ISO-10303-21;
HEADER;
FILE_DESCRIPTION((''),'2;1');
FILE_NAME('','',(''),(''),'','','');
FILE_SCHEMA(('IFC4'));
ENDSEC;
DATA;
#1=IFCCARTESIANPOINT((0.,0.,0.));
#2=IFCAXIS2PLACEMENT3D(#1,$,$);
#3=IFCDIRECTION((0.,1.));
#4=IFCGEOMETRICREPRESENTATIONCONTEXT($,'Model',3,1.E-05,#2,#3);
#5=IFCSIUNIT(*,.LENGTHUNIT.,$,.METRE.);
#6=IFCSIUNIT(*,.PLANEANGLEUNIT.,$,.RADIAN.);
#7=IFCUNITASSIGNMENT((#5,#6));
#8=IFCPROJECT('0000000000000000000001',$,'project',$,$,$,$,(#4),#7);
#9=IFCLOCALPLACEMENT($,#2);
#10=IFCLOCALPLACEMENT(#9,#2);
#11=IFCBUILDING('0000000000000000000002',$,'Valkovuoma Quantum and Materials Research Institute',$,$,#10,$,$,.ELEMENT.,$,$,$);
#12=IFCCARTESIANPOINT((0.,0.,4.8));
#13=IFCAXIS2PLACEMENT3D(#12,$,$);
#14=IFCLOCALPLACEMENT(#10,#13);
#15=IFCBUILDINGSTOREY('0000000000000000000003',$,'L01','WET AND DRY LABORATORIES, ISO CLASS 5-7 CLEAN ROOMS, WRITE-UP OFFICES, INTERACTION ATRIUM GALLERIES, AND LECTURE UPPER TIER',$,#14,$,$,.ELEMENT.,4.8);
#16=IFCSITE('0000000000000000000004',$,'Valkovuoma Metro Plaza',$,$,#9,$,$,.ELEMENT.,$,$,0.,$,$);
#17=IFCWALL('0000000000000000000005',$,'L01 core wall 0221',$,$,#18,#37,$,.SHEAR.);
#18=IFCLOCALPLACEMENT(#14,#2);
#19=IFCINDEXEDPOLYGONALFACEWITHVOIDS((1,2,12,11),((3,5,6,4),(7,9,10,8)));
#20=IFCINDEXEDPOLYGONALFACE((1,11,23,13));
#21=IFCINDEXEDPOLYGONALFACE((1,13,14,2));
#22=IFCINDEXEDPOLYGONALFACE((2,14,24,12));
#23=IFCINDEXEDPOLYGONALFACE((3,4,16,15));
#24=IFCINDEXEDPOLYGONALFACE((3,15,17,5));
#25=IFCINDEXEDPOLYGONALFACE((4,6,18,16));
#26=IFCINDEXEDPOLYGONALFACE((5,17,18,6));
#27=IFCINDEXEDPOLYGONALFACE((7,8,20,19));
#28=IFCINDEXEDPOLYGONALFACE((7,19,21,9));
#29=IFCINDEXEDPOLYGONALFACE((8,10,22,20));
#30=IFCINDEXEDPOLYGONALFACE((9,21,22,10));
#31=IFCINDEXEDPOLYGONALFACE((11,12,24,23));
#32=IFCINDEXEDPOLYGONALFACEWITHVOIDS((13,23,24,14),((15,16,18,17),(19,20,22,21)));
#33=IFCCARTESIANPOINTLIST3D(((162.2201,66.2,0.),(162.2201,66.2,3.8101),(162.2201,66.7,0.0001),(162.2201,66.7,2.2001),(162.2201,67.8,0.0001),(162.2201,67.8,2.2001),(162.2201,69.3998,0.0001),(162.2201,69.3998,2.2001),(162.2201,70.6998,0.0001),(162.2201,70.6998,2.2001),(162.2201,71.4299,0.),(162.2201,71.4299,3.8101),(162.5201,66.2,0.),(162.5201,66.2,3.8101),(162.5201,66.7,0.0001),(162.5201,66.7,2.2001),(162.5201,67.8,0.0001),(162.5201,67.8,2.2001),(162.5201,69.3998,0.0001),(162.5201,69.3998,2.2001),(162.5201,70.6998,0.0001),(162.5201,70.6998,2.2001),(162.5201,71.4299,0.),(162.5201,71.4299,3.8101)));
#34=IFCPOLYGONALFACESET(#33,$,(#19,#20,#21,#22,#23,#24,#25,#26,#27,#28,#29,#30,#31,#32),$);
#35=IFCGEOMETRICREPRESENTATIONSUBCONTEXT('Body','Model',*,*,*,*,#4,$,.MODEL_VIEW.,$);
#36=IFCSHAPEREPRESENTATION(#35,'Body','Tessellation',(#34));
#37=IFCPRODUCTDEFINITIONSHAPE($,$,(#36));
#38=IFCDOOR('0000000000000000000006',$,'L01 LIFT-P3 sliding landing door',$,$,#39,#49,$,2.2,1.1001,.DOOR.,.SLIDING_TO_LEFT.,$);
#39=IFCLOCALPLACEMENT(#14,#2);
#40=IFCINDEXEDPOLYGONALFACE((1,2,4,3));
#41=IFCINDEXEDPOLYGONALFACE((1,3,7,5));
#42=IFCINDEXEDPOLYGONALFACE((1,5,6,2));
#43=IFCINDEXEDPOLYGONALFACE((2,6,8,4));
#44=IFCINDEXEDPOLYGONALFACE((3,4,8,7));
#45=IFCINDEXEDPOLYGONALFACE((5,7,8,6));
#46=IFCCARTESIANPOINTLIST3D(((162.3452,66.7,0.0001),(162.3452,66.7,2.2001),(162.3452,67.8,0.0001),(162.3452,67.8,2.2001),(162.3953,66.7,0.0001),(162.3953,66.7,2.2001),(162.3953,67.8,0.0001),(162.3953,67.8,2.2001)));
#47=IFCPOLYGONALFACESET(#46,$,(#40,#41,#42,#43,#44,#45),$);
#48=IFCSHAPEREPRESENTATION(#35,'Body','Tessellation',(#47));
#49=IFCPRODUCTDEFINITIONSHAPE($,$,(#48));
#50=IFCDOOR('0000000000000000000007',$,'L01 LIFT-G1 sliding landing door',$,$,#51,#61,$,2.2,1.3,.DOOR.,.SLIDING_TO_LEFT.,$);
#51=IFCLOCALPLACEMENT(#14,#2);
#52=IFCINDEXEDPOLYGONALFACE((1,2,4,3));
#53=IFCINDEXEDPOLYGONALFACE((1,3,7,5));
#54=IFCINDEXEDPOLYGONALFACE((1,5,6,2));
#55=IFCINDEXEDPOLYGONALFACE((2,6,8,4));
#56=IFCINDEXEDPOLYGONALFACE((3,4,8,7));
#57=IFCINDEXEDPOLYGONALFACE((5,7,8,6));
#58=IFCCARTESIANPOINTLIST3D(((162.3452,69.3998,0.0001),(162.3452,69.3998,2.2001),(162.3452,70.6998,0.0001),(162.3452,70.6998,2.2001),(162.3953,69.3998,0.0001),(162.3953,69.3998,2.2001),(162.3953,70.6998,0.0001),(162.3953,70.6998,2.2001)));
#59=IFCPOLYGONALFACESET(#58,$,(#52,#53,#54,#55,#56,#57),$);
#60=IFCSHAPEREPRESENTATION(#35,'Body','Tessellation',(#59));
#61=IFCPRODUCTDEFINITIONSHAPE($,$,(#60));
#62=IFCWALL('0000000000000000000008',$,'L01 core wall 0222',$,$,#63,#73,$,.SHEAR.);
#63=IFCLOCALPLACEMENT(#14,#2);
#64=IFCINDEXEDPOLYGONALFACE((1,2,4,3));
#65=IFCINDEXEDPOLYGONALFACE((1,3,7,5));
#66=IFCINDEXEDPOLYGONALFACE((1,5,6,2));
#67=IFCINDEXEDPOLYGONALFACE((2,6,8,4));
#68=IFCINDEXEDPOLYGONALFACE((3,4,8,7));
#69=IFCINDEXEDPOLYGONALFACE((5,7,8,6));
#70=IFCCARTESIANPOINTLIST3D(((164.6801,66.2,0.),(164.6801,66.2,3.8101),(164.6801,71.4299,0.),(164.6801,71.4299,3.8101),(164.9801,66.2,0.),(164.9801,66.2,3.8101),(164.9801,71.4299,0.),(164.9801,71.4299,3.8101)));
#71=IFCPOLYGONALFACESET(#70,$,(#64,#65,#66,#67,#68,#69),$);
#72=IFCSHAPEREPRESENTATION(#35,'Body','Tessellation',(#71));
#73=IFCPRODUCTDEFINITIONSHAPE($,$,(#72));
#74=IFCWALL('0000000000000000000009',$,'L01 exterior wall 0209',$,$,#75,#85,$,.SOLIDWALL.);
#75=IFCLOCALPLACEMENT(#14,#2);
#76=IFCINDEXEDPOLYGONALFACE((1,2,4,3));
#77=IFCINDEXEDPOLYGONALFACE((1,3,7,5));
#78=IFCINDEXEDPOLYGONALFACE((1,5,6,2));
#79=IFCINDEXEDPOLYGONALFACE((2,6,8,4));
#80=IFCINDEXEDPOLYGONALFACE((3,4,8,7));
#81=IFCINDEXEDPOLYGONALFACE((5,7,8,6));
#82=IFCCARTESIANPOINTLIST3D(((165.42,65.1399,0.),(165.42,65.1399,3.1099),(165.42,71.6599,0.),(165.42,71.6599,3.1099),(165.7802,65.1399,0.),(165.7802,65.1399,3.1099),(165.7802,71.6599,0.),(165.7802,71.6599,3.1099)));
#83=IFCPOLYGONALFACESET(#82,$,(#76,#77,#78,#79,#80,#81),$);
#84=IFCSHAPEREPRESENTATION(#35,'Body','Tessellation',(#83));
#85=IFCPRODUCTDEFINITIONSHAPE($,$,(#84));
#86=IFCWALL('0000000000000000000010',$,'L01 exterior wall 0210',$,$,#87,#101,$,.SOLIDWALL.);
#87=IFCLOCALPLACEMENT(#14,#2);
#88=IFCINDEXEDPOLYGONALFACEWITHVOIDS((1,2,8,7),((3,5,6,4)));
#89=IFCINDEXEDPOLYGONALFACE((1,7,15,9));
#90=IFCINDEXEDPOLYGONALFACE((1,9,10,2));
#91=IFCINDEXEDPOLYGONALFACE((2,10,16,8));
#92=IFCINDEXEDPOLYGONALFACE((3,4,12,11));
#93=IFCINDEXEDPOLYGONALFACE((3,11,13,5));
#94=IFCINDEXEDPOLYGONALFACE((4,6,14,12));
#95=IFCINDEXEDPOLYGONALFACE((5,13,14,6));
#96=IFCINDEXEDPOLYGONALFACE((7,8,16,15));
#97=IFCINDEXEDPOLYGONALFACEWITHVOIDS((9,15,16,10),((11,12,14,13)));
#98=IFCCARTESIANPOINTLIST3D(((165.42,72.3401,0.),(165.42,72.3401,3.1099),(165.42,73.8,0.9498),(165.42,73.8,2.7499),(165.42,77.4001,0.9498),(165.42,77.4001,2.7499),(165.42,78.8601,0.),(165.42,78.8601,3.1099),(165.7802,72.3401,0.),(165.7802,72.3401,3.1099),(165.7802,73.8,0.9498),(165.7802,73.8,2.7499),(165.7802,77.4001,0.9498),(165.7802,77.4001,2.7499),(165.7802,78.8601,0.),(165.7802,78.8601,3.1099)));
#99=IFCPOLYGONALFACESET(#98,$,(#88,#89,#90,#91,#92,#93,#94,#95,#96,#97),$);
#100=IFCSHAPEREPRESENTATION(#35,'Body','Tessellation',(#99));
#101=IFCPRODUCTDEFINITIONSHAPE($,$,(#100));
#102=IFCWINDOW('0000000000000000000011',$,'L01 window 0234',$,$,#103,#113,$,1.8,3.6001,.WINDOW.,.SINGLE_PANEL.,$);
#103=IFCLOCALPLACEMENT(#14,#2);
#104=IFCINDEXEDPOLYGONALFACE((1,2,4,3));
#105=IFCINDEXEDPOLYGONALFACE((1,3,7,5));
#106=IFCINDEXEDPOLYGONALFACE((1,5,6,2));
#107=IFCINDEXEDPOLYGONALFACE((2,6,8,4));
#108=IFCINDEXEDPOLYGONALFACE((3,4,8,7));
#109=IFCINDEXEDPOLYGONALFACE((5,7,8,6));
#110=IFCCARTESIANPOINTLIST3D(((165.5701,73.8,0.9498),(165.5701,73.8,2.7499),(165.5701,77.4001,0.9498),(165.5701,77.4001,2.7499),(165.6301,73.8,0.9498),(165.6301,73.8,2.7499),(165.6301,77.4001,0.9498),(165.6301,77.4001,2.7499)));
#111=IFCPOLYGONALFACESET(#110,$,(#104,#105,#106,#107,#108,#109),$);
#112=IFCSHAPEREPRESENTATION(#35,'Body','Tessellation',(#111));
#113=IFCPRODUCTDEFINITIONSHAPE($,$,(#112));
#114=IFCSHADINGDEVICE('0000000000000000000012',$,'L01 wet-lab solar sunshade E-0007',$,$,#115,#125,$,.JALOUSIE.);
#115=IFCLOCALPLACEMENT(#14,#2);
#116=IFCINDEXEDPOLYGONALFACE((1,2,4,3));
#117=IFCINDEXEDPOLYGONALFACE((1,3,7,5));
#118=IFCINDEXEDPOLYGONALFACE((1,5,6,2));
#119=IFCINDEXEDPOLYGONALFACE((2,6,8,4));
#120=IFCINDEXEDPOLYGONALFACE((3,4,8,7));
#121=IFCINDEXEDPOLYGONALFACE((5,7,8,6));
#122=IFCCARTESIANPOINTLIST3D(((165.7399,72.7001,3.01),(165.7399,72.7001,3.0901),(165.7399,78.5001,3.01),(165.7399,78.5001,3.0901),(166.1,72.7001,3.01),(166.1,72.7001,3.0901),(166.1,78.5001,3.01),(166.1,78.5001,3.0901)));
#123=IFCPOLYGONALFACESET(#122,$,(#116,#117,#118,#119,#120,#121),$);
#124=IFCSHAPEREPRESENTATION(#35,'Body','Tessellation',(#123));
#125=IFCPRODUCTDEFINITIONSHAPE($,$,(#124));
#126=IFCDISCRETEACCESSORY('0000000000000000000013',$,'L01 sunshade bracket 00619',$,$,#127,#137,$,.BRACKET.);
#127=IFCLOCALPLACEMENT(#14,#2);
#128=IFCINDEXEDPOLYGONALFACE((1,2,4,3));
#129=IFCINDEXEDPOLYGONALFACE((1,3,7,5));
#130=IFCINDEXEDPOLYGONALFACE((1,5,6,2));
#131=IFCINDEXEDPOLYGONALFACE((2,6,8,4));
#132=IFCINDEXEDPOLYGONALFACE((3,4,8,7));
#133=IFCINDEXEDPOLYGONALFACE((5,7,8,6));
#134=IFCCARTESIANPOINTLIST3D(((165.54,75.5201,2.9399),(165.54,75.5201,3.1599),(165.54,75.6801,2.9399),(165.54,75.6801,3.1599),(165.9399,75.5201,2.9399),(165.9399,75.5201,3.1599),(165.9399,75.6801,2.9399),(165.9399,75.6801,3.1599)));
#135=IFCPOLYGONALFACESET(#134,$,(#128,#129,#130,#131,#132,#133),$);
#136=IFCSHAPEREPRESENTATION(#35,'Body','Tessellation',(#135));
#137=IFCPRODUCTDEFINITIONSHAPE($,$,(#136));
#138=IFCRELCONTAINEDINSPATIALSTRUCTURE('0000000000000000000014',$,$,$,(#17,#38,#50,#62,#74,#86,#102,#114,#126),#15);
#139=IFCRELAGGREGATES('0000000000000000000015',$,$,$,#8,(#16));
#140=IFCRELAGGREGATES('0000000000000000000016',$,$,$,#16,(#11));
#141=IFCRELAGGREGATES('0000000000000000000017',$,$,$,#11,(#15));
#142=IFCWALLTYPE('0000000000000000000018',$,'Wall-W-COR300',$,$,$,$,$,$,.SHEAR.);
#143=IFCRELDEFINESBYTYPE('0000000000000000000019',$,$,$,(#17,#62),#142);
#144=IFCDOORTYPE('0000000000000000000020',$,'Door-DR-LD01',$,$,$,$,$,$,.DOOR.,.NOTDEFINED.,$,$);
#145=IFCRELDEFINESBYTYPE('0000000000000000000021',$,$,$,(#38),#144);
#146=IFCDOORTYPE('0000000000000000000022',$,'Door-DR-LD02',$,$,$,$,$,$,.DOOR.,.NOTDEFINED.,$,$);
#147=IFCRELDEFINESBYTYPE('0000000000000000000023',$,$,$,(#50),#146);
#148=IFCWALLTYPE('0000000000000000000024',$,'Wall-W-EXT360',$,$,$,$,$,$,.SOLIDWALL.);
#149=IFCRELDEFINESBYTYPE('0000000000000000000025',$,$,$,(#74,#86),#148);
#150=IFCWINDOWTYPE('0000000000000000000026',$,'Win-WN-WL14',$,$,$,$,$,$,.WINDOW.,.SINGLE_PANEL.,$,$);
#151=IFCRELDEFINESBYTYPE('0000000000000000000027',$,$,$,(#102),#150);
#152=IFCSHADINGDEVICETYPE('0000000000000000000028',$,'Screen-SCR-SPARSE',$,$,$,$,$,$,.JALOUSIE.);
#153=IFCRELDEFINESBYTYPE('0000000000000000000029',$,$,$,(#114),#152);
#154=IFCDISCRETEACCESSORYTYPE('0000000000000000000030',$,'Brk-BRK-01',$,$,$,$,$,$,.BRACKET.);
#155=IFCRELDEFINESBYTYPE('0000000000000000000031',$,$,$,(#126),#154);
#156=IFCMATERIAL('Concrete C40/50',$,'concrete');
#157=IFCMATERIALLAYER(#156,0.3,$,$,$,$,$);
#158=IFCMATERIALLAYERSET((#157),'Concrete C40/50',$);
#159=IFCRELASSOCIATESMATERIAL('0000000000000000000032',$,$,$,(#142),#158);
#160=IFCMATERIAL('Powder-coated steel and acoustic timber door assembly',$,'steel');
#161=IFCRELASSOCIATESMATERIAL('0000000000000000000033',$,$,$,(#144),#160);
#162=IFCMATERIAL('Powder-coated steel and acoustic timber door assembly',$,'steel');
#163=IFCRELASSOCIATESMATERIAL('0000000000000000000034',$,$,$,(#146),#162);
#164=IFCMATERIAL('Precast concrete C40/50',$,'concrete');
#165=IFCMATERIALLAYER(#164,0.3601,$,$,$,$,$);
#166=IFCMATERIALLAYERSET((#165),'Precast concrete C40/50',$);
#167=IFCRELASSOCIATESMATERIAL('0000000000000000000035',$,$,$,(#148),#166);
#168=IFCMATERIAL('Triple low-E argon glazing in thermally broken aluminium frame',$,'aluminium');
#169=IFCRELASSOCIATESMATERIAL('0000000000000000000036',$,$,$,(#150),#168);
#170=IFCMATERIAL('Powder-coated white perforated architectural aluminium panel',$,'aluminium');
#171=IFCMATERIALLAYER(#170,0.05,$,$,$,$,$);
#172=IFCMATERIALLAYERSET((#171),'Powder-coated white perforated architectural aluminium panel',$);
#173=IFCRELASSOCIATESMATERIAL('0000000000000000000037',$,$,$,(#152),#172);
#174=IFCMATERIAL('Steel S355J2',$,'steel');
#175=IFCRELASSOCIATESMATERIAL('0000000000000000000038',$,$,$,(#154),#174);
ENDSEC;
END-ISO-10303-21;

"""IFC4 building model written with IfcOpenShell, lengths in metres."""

from ifc_helpers import new_model, si_unit, direction, frame, frame_2d, origin, origin_2d, place, context, subcontext, project, spatial, rectangle, extrude, material, layer, layer_set, type_object, element, fill, save


model = new_model("IFC4")

# Units and contexts
model_context = context("Model", 3, precision=1e-05, world=origin(), true_north=direction((0.0, 1.0)))
body_context = subcontext(model_context, "Body", "Model", "MODEL_VIEW")
ifc_project = project(units=[si_unit("LENGTHUNIT", "METRE"), si_unit("PLANEANGLEUNIT", "RADIAN")], contexts=[model_context])

# Site, building, storey
site_placement = place(None, origin())
site = spatial("IfcSite", under=ifc_project, at=site_placement, Name="Valkovuoma Metro Plaza", CompositionType="ELEMENT", RefElevation=0.0)
building_placement = place(site_placement, origin())
building = spatial("IfcBuilding", under=site, at=building_placement, Name="Valkovuoma Quantum and Materials Research Institute", CompositionType="ELEMENT")
storey_placement = place(building_placement, frame((0.0, 0.0, 4.8)))
storey = spatial("IfcBuildingStorey", under=building, at=storey_placement, Name="L01", Description="WET AND DRY LABORATORIES, ISO CLASS 5-7 CLEAN ROOMS, WRITE-UP OFFICES, INTERACTION ATRIUM GALLERIES, AND LECTURE UPPER TIER", CompositionType="ELEMENT", Elevation=4.8)

# Shared definitions
ifc_material_1 = material(Name="Concrete C40/50", Category="concrete")
ifc_layer_1 = layer(ifc_material_1, 0.3)
ifc_layer_set_1 = layer_set([ifc_layer_1], Name="Concrete C40/50")
wall_type_1 = type_object("IfcWallType", Name="Wall-W-COR300", PredefinedType="SHEAR", material=ifc_layer_set_1)

# Wall, openings, doors
wall_1_placement = place(storey_placement, frame((162.3701, 66.2, 0.0), z_axis=(0.0, 0.0, 1.0), x_axis=(0.0, 1.0, 0.0)))
wall_1 = element("IfcWall", 1, at=wall_1_placement, inside=storey, type_object=wall_type_1, Name="L01 core wall 0221", PredefinedType="SHEAR", context=body_context, shape_type="SweptSolid", body=[
    extrude(rectangle(XDim=5.23, YDim=0.3, at=frame_2d((2.615, 0.0))), origin(), (0.0, 0.0, 1.0), 3.8101),
])
opening_1_placement = place(wall_1_placement, frame((0.5, 0.0, 0.0)))
opening_1 = element("IfcOpeningElement", 2, at=opening_1_placement, cuts=wall_1, PredefinedType="OPENING", context=body_context, shape_type="SweptSolid", body=[
    extrude(rectangle(XDim=1.1001, YDim=2.2, at=frame_2d((0.55, 1.1001))), frame((0.0, 0.1602, 0.0), z_axis=(0.0, -1.0, 0.0), x_axis=(1.0, 0.0, 0.0)), (0.0, 0.0, 1.0), 0.3201),
])
opening_2_placement = place(wall_1_placement, frame((3.2, 0.0, 0.0)))
opening_2 = element("IfcOpeningElement", 3, at=opening_2_placement, cuts=wall_1, PredefinedType="OPENING", context=body_context, shape_type="SweptSolid", body=[
    extrude(rectangle(XDim=1.3, YDim=2.2, at=frame_2d((0.6499, 1.1001))), frame((0.0, 0.1602, 0.0), z_axis=(0.0, -1.0, 0.0), x_axis=(1.0, 0.0, 0.0)), (0.0, 0.0, 1.0), 0.3201),
])
ifc_material_2 = material(Name="Powder-coated steel and acoustic timber door assembly", Category="steel")
door_type_1 = type_object("IfcDoorType", Name="Door-DR-LD01", OperationType="NOTDEFINED", PredefinedType="DOOR", material=ifc_material_2)
door_1_placement = place(opening_1_placement, origin())
door_1 = element("IfcDoor", 4, at=door_1_placement, inside=storey, type_object=door_type_1, Name="L01 LIFT-P3 sliding landing door", OperationType="SLIDING_TO_LEFT", OverallHeight=2.2, OverallWidth=1.1001, PredefinedType="DOOR", context=body_context, shape_type="SweptSolid", body=[
    extrude(rectangle(XDim=1.1001, YDim=2.2, at=frame_2d((0.55, 1.1001))), frame((0.0, 0.0249, 0.0), z_axis=(0.0, -1.0, 0.0), x_axis=(1.0, 0.0, 0.0)), (0.0, 0.0, 1.0), 0.05),
])
fill(opening_1, door_1)
ifc_material_3 = material(Name="Powder-coated steel and acoustic timber door assembly", Category="steel")
door_type_2 = type_object("IfcDoorType", Name="Door-DR-LD02", OperationType="NOTDEFINED", PredefinedType="DOOR", material=ifc_material_3)
door_2_placement = place(opening_2_placement, origin())
door_2 = element("IfcDoor", 5, at=door_2_placement, inside=storey, type_object=door_type_2, Name="L01 LIFT-G1 sliding landing door", OperationType="SLIDING_TO_LEFT", OverallHeight=2.2, OverallWidth=1.3, PredefinedType="DOOR", context=body_context, shape_type="SweptSolid", body=[
    extrude(rectangle(XDim=1.3, YDim=2.2, at=frame_2d((0.6499, 1.1001))), frame((0.0, 0.0249, 0.0), z_axis=(0.0, -1.0, 0.0), x_axis=(1.0, 0.0, 0.0)), (0.0, 0.0, 1.0), 0.05),
])
fill(opening_2, door_2)

# Walls
wall_2_placement = place(storey_placement, frame((164.8301, 66.2, 0.0), z_axis=(0.0, 0.0, 1.0), x_axis=(0.0, 1.0, 0.0)))
element("IfcWall", 6, at=wall_2_placement, inside=storey, type_object=wall_type_1, Name="L01 core wall 0222", PredefinedType="SHEAR", context=body_context, shape_type="SweptSolid", body=[
    extrude(rectangle(XDim=5.23, YDim=0.3, at=frame_2d((2.615, 0.0))), origin(), (0.0, 0.0, 1.0), 3.8101),
])
ifc_material_4 = material(Name="Precast concrete C40/50", Category="concrete")
ifc_layer_2 = layer(ifc_material_4, 0.3601)
ifc_layer_set_2 = layer_set([ifc_layer_2], Name="Precast concrete C40/50")
wall_type_2 = type_object("IfcWallType", Name="Wall-W-EXT360", PredefinedType="SOLIDWALL", material=ifc_layer_set_2)
wall_3_placement = place(storey_placement, frame((165.6001, 65.1399, 0.0), z_axis=(0.0, 0.0, 1.0), x_axis=(0.0, 1.0, 0.0)))
element("IfcWall", 7, at=wall_3_placement, inside=storey, type_object=wall_type_2, Name="L01 exterior wall 0209", PredefinedType="SOLIDWALL", context=body_context, shape_type="SweptSolid", body=[
    extrude(rectangle(XDim=6.52, YDim=0.3601, at=frame_2d((3.26, 0.0))), origin(), (0.0, 0.0, 1.0), 3.1099),
])

# Wall, opening, window
wall_4_placement = place(storey_placement, frame((165.6001, 72.3401, 0.0), z_axis=(0.0, 0.0, 1.0), x_axis=(0.0, 1.0, 0.0)))
wall_4 = element("IfcWall", 8, at=wall_4_placement, inside=storey, type_object=wall_type_2, Name="L01 exterior wall 0210", PredefinedType="SOLIDWALL", context=body_context, shape_type="SweptSolid", body=[
    extrude(rectangle(XDim=6.52, YDim=0.3601, at=frame_2d((3.26, 0.0))), origin(), (0.0, 0.0, 1.0), 3.1099),
])
opening_3_placement = place(wall_4_placement, frame((1.46, 0.0, 0.95)))
opening_3 = element("IfcOpeningElement", 9, at=opening_3_placement, cuts=wall_4, PredefinedType="OPENING", context=body_context, shape_type="SweptSolid", body=[
    extrude(rectangle(XDim=3.6001, YDim=1.8, at=frame_2d((1.8, 0.8999))), frame((0.0, 0.1899, 0.0), z_axis=(0.0, -1.0, 0.0), x_axis=(1.0, 0.0, 0.0)), (0.0, 0.0, 1.0), 0.3801),
])
ifc_material_5 = material(Name="Triple low-E argon glazing in thermally broken aluminium frame", Category="aluminium")
window_type = type_object("IfcWindowType", Name="Win-WN-WL14", PartitioningType="SINGLE_PANEL", PredefinedType="WINDOW", material=ifc_material_5)
window_placement = place(opening_3_placement, origin())
window = element("IfcWindow", 10, at=window_placement, inside=storey, type_object=window_type, Name="L01 window 0234", OverallHeight=1.8, OverallWidth=3.6001, PartitioningType="SINGLE_PANEL", PredefinedType="WINDOW", context=body_context, shape_type="SweptSolid", body=[
    extrude(rectangle(XDim=3.6001, YDim=1.8, at=frame_2d((1.8, 0.8999))), frame((0.0, 0.03, 0.0), z_axis=(0.0, -1.0, 0.0), x_axis=(1.0, 0.0, 0.0)), (0.0, 0.0, 1.0), 0.0601),
])
fill(opening_3, window)

# Shading device
ifc_material_6 = material(Name="Powder-coated white perforated architectural aluminium panel", Category="aluminium")
ifc_layer_3 = layer(ifc_material_6, 0.05)
ifc_layer_set_3 = layer_set([ifc_layer_3], Name="Powder-coated white perforated architectural aluminium panel")
shading_device_type = type_object("IfcShadingDeviceType", Name="Screen-SCR-SPARSE", PredefinedType="JALOUSIE", material=ifc_layer_set_3)
shading_device_placement = place(storey_placement, frame((165.9199, 75.6001, 3.01), z_axis=(0.0, 0.0, 1.0), x_axis=(1.0, 0.0, 0.0)))
element("IfcShadingDevice", 11, at=shading_device_placement, inside=storey, type_object=shading_device_type, Name="L01 wet-lab solar sunshade E-0007", PredefinedType="JALOUSIE", context=body_context, shape_type="SweptSolid", body=[
    extrude(rectangle(XDim=0.3601, YDim=5.8, at=origin_2d()), origin(), (0.0, 0.0, 1.0), 0.0801),
])

# Discrete accessory
ifc_material_7 = material(Name="Steel S355J2", Category="steel")
discrete_accessory_type = type_object("IfcDiscreteAccessoryType", Name="Brk-BRK-01", PredefinedType="BRACKET", material=ifc_material_7)
discrete_accessory_placement = place(storey_placement, frame((165.74, 75.6001, 2.9399), z_axis=(0.0, 0.0, 1.0), x_axis=(1.0, 0.0, 0.0)))
element("IfcDiscreteAccessory", 12, at=discrete_accessory_placement, inside=storey, type_object=discrete_accessory_type, Name="L01 sunshade bracket 00619", PredefinedType="BRACKET", context=body_context, shape_type="SweptSolid", body=[
    extrude(rectangle(XDim=0.3999, YDim=0.1599, at=origin_2d()), origin(), (0.0, 0.0, 1.0), 0.22),
])

save(model, "model.ifc")
